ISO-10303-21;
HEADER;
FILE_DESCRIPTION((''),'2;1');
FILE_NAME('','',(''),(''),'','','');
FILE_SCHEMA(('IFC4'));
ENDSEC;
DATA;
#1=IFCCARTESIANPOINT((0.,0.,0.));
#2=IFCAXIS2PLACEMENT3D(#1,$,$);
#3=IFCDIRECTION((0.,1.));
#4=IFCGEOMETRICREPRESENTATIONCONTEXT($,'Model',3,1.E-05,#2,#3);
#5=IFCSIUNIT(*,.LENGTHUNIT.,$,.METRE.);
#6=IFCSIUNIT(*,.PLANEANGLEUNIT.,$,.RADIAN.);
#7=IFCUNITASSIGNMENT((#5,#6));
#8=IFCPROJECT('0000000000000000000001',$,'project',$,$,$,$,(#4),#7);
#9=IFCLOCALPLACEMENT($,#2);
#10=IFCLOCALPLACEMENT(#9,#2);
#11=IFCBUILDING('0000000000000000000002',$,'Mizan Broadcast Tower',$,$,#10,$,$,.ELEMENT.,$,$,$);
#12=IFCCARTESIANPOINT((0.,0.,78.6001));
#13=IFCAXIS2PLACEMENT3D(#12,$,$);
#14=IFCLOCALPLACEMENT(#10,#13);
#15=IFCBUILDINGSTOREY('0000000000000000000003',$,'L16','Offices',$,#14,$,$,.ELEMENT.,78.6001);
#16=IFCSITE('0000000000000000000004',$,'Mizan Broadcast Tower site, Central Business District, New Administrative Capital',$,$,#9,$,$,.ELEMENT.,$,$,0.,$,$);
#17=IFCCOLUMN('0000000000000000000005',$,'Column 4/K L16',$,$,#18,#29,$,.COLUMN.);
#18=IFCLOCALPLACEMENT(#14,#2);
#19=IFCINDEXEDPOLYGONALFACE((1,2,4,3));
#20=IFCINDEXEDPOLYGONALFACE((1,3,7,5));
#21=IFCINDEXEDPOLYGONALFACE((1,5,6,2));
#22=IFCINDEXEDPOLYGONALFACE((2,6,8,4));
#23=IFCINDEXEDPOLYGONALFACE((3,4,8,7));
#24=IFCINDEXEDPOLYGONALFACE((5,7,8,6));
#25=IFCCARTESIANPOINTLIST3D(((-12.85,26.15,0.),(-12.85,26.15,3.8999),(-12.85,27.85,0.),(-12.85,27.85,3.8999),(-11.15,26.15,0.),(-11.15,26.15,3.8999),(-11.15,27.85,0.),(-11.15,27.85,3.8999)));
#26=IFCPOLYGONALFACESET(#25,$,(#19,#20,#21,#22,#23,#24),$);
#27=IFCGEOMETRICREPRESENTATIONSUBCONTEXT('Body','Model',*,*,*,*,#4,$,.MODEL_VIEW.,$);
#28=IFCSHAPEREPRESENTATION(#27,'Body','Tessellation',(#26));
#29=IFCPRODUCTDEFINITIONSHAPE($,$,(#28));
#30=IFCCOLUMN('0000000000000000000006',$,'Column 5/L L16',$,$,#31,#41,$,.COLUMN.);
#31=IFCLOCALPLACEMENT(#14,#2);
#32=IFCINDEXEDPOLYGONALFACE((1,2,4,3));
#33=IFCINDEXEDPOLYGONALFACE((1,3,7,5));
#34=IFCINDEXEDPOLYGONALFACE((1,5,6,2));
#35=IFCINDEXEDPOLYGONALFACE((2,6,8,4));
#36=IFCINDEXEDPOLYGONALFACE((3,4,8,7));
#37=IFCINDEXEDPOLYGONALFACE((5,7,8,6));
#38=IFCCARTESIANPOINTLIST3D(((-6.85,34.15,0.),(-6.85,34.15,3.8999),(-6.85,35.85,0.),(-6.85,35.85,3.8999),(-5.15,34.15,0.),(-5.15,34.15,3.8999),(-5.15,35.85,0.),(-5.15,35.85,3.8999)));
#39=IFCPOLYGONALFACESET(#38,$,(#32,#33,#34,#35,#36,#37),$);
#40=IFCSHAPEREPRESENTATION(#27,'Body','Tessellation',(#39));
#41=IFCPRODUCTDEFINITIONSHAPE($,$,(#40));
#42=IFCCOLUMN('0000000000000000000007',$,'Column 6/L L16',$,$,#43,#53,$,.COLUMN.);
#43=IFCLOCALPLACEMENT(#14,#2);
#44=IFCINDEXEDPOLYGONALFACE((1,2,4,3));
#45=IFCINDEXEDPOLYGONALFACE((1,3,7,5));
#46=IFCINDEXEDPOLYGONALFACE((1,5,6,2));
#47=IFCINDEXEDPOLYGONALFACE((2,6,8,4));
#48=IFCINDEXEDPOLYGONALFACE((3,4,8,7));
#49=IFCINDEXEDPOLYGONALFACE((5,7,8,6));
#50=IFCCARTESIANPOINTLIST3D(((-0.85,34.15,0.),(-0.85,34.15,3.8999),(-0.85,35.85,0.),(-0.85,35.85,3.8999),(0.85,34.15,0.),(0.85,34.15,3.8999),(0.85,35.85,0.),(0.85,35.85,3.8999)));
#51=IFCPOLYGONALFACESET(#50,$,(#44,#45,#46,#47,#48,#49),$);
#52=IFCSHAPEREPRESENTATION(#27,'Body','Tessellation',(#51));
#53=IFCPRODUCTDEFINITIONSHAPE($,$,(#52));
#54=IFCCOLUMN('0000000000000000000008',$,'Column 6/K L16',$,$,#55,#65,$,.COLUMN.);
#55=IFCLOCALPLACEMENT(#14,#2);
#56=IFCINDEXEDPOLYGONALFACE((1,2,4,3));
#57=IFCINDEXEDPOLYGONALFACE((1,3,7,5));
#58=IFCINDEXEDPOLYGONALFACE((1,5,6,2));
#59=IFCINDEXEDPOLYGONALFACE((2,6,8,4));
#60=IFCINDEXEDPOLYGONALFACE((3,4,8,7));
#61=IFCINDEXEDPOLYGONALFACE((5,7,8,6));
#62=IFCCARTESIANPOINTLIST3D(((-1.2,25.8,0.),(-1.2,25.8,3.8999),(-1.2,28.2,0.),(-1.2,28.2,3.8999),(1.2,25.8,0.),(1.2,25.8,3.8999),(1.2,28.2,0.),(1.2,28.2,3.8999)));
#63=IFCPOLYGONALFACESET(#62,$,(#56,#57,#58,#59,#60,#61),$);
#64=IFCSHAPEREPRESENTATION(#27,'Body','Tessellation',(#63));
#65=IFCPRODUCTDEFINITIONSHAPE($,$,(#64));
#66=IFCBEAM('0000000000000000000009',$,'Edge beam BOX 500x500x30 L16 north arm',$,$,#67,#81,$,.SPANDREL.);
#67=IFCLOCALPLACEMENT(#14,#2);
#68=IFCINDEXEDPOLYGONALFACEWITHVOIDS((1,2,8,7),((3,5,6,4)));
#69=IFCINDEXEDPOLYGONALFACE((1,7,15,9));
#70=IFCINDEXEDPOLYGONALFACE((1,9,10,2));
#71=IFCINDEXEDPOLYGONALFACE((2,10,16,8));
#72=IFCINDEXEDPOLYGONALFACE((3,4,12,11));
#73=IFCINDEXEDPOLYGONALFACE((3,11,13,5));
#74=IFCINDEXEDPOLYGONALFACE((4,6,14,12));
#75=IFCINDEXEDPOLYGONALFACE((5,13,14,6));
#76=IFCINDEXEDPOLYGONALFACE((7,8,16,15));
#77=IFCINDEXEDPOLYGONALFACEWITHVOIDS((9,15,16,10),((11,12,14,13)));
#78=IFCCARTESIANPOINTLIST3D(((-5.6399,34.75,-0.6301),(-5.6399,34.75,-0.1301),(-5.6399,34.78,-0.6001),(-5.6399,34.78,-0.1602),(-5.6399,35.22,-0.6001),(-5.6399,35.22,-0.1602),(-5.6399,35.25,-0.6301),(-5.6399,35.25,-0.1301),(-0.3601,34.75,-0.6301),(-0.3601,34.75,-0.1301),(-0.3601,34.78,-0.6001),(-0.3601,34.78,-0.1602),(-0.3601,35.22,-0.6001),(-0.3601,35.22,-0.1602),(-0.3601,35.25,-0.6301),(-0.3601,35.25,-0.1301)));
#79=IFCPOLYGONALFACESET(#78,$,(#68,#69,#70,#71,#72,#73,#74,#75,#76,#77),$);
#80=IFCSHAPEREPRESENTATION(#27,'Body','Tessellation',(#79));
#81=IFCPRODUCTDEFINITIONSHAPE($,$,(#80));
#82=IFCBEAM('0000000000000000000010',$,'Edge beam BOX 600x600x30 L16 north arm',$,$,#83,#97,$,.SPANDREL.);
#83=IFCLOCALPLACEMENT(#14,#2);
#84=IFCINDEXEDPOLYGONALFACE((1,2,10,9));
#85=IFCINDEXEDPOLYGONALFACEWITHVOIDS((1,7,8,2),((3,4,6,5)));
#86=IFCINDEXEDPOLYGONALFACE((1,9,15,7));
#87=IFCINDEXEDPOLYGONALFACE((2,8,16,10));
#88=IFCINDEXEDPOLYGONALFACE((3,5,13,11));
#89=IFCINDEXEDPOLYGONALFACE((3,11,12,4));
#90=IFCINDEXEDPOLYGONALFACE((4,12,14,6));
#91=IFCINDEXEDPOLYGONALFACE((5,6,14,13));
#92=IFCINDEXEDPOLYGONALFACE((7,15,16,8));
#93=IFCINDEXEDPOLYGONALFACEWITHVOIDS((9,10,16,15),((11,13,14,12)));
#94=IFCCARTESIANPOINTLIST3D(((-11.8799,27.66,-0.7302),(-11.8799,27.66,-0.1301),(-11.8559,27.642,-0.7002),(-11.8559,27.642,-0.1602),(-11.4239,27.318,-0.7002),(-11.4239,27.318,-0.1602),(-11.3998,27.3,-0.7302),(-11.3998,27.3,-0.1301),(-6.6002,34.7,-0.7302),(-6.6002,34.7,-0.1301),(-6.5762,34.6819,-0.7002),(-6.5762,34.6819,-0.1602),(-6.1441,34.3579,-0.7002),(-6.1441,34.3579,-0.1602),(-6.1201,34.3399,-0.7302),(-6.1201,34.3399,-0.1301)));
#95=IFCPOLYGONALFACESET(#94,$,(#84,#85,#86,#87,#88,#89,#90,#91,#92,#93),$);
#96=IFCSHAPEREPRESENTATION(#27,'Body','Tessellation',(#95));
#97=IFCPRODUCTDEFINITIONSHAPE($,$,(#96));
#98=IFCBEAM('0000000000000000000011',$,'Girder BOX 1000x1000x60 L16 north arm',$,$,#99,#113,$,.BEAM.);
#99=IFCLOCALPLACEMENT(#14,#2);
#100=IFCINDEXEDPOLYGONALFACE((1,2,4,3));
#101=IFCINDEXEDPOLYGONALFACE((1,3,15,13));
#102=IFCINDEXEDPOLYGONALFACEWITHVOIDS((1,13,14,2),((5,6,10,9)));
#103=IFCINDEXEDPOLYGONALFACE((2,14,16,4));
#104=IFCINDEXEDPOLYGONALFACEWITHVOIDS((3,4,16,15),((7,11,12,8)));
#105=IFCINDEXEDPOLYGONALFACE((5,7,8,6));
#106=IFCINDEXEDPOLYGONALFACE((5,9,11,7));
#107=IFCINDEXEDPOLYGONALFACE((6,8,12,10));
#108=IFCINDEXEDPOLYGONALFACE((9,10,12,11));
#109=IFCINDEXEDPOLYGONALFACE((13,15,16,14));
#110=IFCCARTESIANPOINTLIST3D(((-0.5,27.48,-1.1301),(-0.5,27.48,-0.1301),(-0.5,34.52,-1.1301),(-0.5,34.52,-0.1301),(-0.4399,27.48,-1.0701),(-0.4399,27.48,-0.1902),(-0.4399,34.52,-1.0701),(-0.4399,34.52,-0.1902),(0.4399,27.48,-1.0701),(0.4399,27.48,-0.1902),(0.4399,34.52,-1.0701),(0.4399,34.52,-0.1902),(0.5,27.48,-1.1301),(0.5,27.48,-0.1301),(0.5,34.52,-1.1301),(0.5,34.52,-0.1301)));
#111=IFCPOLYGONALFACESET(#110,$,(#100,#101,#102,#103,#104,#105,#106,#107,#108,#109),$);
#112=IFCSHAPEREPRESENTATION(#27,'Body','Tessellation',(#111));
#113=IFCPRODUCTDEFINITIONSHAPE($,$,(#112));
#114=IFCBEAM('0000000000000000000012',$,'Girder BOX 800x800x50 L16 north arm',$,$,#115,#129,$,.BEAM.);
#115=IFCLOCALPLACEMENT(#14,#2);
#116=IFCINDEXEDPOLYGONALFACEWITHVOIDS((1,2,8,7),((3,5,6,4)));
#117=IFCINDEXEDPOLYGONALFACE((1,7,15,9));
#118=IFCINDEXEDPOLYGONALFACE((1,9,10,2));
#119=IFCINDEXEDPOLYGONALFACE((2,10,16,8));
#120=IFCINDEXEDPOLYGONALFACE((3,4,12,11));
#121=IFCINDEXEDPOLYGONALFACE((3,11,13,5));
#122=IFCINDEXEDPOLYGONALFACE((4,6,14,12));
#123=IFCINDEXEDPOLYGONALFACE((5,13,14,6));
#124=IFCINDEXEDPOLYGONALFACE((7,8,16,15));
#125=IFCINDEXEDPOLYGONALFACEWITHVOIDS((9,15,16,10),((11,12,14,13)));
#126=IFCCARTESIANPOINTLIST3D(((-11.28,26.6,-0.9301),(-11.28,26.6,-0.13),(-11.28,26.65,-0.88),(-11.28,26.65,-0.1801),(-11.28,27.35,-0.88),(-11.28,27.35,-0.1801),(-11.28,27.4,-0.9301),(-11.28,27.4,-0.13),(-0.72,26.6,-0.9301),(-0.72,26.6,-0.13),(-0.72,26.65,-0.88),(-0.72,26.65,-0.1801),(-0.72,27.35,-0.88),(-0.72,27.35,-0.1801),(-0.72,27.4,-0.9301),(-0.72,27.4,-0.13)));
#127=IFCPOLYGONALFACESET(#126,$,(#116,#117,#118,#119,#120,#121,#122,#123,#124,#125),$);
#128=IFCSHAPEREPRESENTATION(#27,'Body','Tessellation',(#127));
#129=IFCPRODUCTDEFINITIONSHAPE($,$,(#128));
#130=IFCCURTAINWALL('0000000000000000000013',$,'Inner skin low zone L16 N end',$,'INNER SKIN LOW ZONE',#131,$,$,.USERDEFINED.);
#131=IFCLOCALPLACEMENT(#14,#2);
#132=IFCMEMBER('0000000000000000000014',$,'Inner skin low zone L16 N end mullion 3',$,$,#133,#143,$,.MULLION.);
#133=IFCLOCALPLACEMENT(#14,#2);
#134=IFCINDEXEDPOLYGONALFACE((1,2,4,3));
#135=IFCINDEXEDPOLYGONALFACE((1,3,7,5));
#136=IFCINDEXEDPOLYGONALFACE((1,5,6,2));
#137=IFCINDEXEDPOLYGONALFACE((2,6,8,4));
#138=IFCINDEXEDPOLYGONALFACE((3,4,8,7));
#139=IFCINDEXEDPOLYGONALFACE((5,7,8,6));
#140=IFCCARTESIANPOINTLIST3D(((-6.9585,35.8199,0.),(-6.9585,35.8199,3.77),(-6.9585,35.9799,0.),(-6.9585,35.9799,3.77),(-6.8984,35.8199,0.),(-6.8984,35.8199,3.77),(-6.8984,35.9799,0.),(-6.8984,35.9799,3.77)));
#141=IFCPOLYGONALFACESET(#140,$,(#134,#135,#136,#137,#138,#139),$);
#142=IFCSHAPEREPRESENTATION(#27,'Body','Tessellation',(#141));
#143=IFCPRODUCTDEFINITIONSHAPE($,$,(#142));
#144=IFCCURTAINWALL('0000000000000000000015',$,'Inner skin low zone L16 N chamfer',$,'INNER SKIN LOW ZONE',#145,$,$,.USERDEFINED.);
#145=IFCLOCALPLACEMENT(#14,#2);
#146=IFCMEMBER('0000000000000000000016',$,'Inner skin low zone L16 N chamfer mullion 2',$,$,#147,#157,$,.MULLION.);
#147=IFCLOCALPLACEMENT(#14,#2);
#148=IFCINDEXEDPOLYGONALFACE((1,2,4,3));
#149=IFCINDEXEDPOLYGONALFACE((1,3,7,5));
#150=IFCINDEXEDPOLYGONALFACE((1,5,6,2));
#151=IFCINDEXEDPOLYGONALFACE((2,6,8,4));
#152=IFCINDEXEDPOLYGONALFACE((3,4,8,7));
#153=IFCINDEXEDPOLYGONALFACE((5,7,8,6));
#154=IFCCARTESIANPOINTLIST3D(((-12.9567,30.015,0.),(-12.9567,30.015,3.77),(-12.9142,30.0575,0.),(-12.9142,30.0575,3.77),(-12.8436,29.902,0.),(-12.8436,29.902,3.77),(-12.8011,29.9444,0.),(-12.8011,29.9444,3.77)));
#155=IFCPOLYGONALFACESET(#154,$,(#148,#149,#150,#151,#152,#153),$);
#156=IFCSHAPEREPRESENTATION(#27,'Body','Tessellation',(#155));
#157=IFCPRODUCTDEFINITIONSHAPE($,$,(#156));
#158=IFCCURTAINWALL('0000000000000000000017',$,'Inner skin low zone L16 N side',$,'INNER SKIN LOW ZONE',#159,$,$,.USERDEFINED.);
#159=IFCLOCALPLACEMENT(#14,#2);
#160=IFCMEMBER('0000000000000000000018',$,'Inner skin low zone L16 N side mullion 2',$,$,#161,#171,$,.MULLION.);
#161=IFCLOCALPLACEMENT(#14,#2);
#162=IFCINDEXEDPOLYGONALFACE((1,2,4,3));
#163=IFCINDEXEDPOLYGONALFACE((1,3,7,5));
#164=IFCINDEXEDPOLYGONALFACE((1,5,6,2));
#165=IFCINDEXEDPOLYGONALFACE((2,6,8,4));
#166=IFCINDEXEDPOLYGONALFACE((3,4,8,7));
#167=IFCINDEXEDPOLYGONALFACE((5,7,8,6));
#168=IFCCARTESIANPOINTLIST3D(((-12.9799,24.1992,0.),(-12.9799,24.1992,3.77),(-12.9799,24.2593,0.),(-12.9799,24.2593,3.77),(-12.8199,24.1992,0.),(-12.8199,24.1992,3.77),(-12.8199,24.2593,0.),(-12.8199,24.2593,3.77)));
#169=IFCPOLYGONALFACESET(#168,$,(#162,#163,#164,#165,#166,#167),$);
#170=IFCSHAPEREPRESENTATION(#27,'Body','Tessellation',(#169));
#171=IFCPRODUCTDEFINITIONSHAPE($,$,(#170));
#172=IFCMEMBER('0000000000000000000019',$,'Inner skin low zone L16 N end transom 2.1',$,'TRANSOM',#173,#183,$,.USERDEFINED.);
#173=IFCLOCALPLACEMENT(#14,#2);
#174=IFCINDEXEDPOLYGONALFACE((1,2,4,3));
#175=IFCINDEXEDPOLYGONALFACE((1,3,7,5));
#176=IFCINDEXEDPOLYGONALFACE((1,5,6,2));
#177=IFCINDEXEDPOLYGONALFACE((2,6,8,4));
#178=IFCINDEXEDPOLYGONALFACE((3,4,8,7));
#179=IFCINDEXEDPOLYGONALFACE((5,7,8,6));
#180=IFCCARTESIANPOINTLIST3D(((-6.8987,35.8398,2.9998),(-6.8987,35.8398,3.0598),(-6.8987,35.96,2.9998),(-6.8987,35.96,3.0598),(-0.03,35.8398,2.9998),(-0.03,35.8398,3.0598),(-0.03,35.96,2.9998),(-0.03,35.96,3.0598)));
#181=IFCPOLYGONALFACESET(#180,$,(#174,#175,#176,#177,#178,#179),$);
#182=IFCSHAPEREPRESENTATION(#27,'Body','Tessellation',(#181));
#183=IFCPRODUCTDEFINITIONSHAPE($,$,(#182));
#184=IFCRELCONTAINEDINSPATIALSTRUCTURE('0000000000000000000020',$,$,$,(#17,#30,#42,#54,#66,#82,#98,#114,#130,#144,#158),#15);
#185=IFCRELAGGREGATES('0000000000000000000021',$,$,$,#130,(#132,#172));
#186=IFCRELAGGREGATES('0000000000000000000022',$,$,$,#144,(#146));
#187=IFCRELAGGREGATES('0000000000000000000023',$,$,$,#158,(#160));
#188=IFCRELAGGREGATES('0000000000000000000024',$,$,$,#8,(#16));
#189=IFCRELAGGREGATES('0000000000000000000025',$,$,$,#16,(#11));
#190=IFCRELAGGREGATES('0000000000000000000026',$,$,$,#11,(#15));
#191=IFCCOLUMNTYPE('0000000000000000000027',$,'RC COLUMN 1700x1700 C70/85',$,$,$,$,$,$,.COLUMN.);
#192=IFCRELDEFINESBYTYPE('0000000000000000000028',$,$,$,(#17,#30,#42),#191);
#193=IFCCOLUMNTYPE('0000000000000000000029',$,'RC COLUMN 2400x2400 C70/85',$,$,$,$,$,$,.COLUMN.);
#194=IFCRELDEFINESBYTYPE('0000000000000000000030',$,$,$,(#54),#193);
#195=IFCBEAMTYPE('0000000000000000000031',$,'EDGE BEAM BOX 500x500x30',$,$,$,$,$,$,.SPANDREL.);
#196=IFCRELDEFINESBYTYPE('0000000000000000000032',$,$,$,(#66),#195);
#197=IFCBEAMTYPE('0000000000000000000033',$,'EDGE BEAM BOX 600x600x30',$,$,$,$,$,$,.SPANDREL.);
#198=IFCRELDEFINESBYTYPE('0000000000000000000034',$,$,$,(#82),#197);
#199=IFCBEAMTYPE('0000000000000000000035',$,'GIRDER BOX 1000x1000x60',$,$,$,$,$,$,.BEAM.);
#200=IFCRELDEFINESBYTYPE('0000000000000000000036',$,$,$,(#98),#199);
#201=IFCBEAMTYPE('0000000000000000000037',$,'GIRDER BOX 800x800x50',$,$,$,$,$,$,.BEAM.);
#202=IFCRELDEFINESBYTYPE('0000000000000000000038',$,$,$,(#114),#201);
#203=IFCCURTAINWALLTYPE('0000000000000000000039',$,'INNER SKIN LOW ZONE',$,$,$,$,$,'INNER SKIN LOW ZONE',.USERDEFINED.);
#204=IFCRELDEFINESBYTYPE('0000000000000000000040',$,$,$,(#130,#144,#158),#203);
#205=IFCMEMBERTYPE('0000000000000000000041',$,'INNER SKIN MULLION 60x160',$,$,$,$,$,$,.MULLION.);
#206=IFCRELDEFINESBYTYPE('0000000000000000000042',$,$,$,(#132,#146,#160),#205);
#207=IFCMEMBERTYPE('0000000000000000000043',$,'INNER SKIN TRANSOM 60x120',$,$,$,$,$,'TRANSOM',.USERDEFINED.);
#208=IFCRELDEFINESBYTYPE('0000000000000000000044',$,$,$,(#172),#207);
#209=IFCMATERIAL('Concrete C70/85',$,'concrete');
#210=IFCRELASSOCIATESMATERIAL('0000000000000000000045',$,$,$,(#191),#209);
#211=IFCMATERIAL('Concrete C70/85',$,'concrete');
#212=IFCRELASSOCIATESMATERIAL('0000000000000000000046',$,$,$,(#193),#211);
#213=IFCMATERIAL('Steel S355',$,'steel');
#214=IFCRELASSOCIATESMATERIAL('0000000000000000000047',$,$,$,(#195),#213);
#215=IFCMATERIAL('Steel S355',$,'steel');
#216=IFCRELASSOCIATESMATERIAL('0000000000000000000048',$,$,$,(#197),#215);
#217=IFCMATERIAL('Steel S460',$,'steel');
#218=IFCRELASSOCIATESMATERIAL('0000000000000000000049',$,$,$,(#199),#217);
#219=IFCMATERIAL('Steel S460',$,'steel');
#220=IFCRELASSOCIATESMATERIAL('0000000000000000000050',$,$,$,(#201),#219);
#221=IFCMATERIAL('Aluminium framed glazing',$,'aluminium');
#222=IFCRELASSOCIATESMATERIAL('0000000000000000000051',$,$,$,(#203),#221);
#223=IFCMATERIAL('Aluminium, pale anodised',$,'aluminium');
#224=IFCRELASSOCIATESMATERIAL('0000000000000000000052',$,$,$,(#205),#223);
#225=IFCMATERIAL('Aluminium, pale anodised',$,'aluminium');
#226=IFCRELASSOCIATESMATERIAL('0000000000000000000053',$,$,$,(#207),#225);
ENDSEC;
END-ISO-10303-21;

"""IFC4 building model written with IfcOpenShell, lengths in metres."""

from ifc_helpers import new_model, si_unit, direction, frame, origin, origin_2d, place, context, subcontext, project, spatial, rectangle, hollow_rectangle, extrude, material, material_profile, profile_set, type_object, element, aggregate, save


model = new_model("IFC4")

# Units and contexts
model_context = context("Model", 3, precision=1e-05, world=origin(), true_north=direction((0.0, 1.0)))
body_context = subcontext(model_context, "Body", "Model", "MODEL_VIEW")
ifc_project = project(units=[si_unit("LENGTHUNIT", "METRE"), si_unit("PLANEANGLEUNIT", "RADIAN")], contexts=[model_context])

# Site, building, storey
site_placement = place(None, origin())
site = spatial("IfcSite", under=ifc_project, at=site_placement, Name="Mizan Broadcast Tower site, Central Business District, New Administrative Capital", CompositionType="ELEMENT", RefElevation=0.0)
building_placement = place(site_placement, origin())
building = spatial("IfcBuilding", under=site, at=building_placement, Name="Mizan Broadcast Tower", CompositionType="ELEMENT")
storey_placement = place(building_placement, frame((0.0, 0.0, 78.6001)))
storey = spatial("IfcBuildingStorey", under=building, at=storey_placement, Name="L16", Description="Offices", CompositionType="ELEMENT", Elevation=78.6001)

# Columns
ifc_material_1 = material(Name="Concrete C70/85", Category="concrete")
ifc_material_profile_1 = material_profile(ifc_material_1, rectangle(XDim=1.7, YDim=1.7, at=origin_2d()), Name="RC 1700x1700")
ifc_profile_set_1 = profile_set([ifc_material_profile_1], Name="Concrete C70/85")
column_type_1 = type_object("IfcColumnType", Name="RC COLUMN 1700x1700 C70/85", PredefinedType="COLUMN", material=ifc_profile_set_1)
for number, where, z_axis, x_axis, name in (
    (1, (-12.0, 27.0, 0.0), (0.0, 0.0, 1.0), (1.0, 0.0, 0.0), "Column 4/K L16"),
    (2, (-6.0, 35.0, 0.0), (0.0, 0.0, 1.0), (1.0, 0.0, 0.0), "Column 5/L L16"),
    (3, (0.0, 35.0, 0.0), (0.0, 0.0, 1.0), (1.0, 0.0, 0.0), "Column 6/L L16"),
):
    element("IfcColumn", number, at=place(storey_placement, frame(where, z_axis=z_axis, x_axis=x_axis)), inside=storey, type_object=column_type_1, Name=name, PredefinedType="COLUMN", context=body_context, shape_type="SweptSolid", body=[
        extrude(rectangle(XDim=1.7, YDim=1.7, at=origin_2d()), origin(), (0.0, 0.0, 1.0), 3.8999),
    ])
ifc_material_2 = material(Name="Concrete C70/85", Category="concrete")
ifc_material_profile_2 = material_profile(ifc_material_2, rectangle(XDim=2.3999, YDim=2.3999, at=origin_2d()), Name="RC 2400x2400")
ifc_profile_set_2 = profile_set([ifc_material_profile_2], Name="Concrete C70/85")
column_type_2 = type_object("IfcColumnType", Name="RC COLUMN 2400x2400 C70/85", PredefinedType="COLUMN", material=ifc_profile_set_2)
column_placement = place(storey_placement, frame((0.0, 27.0, 0.0), z_axis=(0.0, 0.0, 1.0), x_axis=(1.0, 0.0, 0.0)))
element("IfcColumn", 4, at=column_placement, inside=storey, type_object=column_type_2, Name="Column 6/K L16", PredefinedType="COLUMN", context=body_context, shape_type="SweptSolid", body=[
    extrude(rectangle(XDim=2.3999, YDim=2.3999, at=origin_2d()), origin(), (0.0, 0.0, 1.0), 3.8999),
])

# Beams
ifc_material_3 = material(Name="Steel S355", Category="steel")
ifc_material_profile_3 = material_profile(ifc_material_3, hollow_rectangle(XDim=0.5, YDim=0.5, WallThickness=0.03, at=origin_2d()), Name="BOX 500x500x30")
ifc_profile_set_3 = profile_set([ifc_material_profile_3], Name="Steel S355")
beam_type_1 = type_object("IfcBeamType", Name="EDGE BEAM BOX 500x500x30", PredefinedType="SPANDREL", material=ifc_profile_set_3)
beam_1_placement = place(storey_placement, frame((-5.6399, 35.0, -0.3801), z_axis=(1.0, 0.0, 0.0), x_axis=(0.0, 1.0, 0.0)))
element("IfcBeam", 5, at=beam_1_placement, inside=storey, type_object=beam_type_1, Name="Edge beam BOX 500x500x30 L16 north arm", PredefinedType="SPANDREL", context=body_context, shape_type="SweptSolid", body=[
    extrude(hollow_rectangle(XDim=0.5, YDim=0.5, WallThickness=0.03, at=origin_2d()), origin(), (0.0, 0.0, 1.0), 5.2798),
])
ifc_material_4 = material(Name="Steel S355", Category="steel")
ifc_material_profile_4 = material_profile(ifc_material_4, hollow_rectangle(XDim=0.6001, YDim=0.6001, WallThickness=0.03, at=origin_2d()), Name="BOX 600x600x30")
ifc_profile_set_4 = profile_set([ifc_material_profile_4], Name="Steel S355")
beam_type_2 = type_object("IfcBeamType", Name="EDGE BEAM BOX 600x600x30", PredefinedType="SPANDREL", material=ifc_profile_set_4)
beam_2_placement = place(storey_placement, frame((-11.6399, 27.48, -0.4302), z_axis=(0.599982, 0.800013, 0.0), x_axis=(-0.800013, 0.599982, 0.0)))
element("IfcBeam", 6, at=beam_2_placement, inside=storey, type_object=beam_type_2, Name="Edge beam BOX 600x600x30 L16 north arm", PredefinedType="SPANDREL", context=body_context, shape_type="SweptSolid", body=[
    extrude(hollow_rectangle(XDim=0.6001, YDim=0.6001, WallThickness=0.03, at=origin_2d()), origin(), (0.0, 0.0, 1.0), 8.7998),
])
ifc_material_5 = material(Name="Steel S460", Category="steel")
ifc_material_profile_5 = material_profile(ifc_material_5, hollow_rectangle(XDim=1.0, YDim=1.0, WallThickness=0.0601, at=origin_2d()), Name="BOX 1000x1000x60")
ifc_profile_set_5 = profile_set([ifc_material_profile_5], Name="Steel S460")
beam_type_3 = type_object("IfcBeamType", Name="GIRDER BOX 1000x1000x60", PredefinedType="BEAM", material=ifc_profile_set_5)
beam_3_placement = place(storey_placement, frame((0.0, 27.48, -0.6301), z_axis=(0.0, 1.0, 0.0), x_axis=(-1.0, 0.0, 0.0)))
element("IfcBeam", 7, at=beam_3_placement, inside=storey, type_object=beam_type_3, Name="Girder BOX 1000x1000x60 L16 north arm", PredefinedType="BEAM", context=body_context, shape_type="SweptSolid", body=[
    extrude(hollow_rectangle(XDim=1.0, YDim=1.0, WallThickness=0.0601, at=origin_2d()), origin(), (0.0, 0.0, 1.0), 7.04),
])
ifc_material_6 = material(Name="Steel S460", Category="steel")
ifc_material_profile_6 = material_profile(ifc_material_6, hollow_rectangle(XDim=0.8, YDim=0.8, WallThickness=0.05, at=origin_2d()), Name="BOX 800x800x50")
ifc_profile_set_6 = profile_set([ifc_material_profile_6], Name="Steel S460")
beam_type_4 = type_object("IfcBeamType", Name="GIRDER BOX 800x800x50", PredefinedType="BEAM", material=ifc_profile_set_6)
beam_4_placement = place(storey_placement, frame((-11.28, 27.0, -0.53), z_axis=(1.0, 0.0, 0.0), x_axis=(0.0, 1.0, 0.0)))
element("IfcBeam", 8, at=beam_4_placement, inside=storey, type_object=beam_type_4, Name="Girder BOX 800x800x50 L16 north arm", PredefinedType="BEAM", context=body_context, shape_type="SweptSolid", body=[
    extrude(hollow_rectangle(XDim=0.8, YDim=0.8, WallThickness=0.05, at=origin_2d()), origin(), (0.0, 0.0, 1.0), 10.5601),
])

# Curtain walls, members
ifc_material_7 = material(Name="Aluminium framed glazing", Category="aluminium")
curtain_wall_type_1 = type_object("IfcCurtainWallType", Name="INNER SKIN LOW ZONE", ElementType="INNER SKIN LOW ZONE", PredefinedType="USERDEFINED", material=ifc_material_7)
curtain_wall_1_placement = place(storey_placement, origin())
curtain_wall_1 = element("IfcCurtainWall", 9, at=curtain_wall_1_placement, inside=storey, type_object=curtain_wall_type_1, Name="Inner skin low zone L16 N end", ObjectType="INNER SKIN LOW ZONE", PredefinedType="USERDEFINED")
ifc_material_8 = material(Name="Aluminium, pale anodised", Category="aluminium")
ifc_material_profile_7 = material_profile(ifc_material_8, rectangle(XDim=0.1599, YDim=0.0601, at=origin_2d()), Name="MULLION 160x60")
ifc_profile_set_7 = profile_set([ifc_material_profile_7], Name="Aluminium, pale anodised")
member_type_1 = type_object("IfcMemberType", Name="INNER SKIN MULLION 60x160", PredefinedType="MULLION", material=ifc_profile_set_7)
member_1_placement = place(storey_placement, frame((-6.9285, 35.8999, 0.0), z_axis=(0.0, 0.0, 1.0), x_axis=(0.0, -1.0, 0.0)))
member_1 = element("IfcMember", 10, at=member_1_placement, type_object=member_type_1, Name="Inner skin low zone L16 N end mullion 3", PredefinedType="MULLION", context=body_context, shape_type="SweptSolid", body=[
    extrude(rectangle(XDim=0.1599, YDim=0.0601, at=origin_2d()), origin(), (0.0, 0.0, 1.0), 3.77),
])
curtain_wall_2_placement = place(storey_placement, origin())
curtain_wall_2 = element("IfcCurtainWall", 11, at=curtain_wall_2_placement, inside=storey, type_object=curtain_wall_type_1, Name="Inner skin low zone L16 N chamfer", ObjectType="INNER SKIN LOW ZONE", PredefinedType="USERDEFINED")
member_2_placement = place(storey_placement, frame((-12.8789, 29.9797, 0.0), z_axis=(0.0, 0.0, 1.0), x_axis=(0.707107, -0.707107, 0.0)))
member_2 = element("IfcMember", 12, at=member_2_placement, type_object=member_type_1, Name="Inner skin low zone L16 N chamfer mullion 2", PredefinedType="MULLION", context=body_context, shape_type="SweptSolid", body=[
    extrude(rectangle(XDim=0.1599, YDim=0.0601, at=origin_2d()), origin(), (0.0, 0.0, 1.0), 3.77),
])
curtain_wall_3_placement = place(storey_placement, origin())
curtain_wall_3 = element("IfcCurtainWall", 13, at=curtain_wall_3_placement, inside=storey, type_object=curtain_wall_type_1, Name="Inner skin low zone L16 N side", ObjectType="INNER SKIN LOW ZONE", PredefinedType="USERDEFINED")
member_3_placement = place(storey_placement, frame((-12.8999, 24.2292, 0.0), z_axis=(0.0, 0.0, 1.0), x_axis=(1.0, 0.0, 0.0)))
member_3 = element("IfcMember", 14, at=member_3_placement, type_object=member_type_1, Name="Inner skin low zone L16 N side mullion 2", PredefinedType="MULLION", context=body_context, shape_type="SweptSolid", body=[
    extrude(rectangle(XDim=0.1599, YDim=0.0601, at=origin_2d()), origin(), (0.0, 0.0, 1.0), 3.77),
])

# Member
ifc_material_9 = material(Name="Aluminium, pale anodised", Category="aluminium")
ifc_material_profile_8 = material_profile(ifc_material_9, rectangle(XDim=0.1201, YDim=0.0601, at=origin_2d()), Name="TRANSOM 120x60")
ifc_profile_set_8 = profile_set([ifc_material_profile_8], Name="Aluminium, pale anodised")
member_type_2 = type_object("IfcMemberType", Name="INNER SKIN TRANSOM 60x120", ElementType="TRANSOM", PredefinedType="USERDEFINED", material=ifc_profile_set_8)
member_4_placement = place(storey_placement, frame((-0.03, 35.8999, 3.0298), z_axis=(-1.0, 0.0, 0.0), x_axis=(0.0, -1.0, 0.0)))
member_4 = element("IfcMember", 15, at=member_4_placement, type_object=member_type_2, Name="Inner skin low zone L16 N end transom 2.1", ObjectType="TRANSOM", PredefinedType="USERDEFINED", context=body_context, shape_type="SweptSolid", body=[
    extrude(rectangle(XDim=0.1201, YDim=0.0601, at=origin_2d()), origin(), (0.0, 0.0, 1.0), 6.8687),
])

aggregate(curtain_wall_1, [member_1, member_4])
aggregate(curtain_wall_2, [member_2])
aggregate(curtain_wall_3, [member_3])

save(model, "model.ifc")
